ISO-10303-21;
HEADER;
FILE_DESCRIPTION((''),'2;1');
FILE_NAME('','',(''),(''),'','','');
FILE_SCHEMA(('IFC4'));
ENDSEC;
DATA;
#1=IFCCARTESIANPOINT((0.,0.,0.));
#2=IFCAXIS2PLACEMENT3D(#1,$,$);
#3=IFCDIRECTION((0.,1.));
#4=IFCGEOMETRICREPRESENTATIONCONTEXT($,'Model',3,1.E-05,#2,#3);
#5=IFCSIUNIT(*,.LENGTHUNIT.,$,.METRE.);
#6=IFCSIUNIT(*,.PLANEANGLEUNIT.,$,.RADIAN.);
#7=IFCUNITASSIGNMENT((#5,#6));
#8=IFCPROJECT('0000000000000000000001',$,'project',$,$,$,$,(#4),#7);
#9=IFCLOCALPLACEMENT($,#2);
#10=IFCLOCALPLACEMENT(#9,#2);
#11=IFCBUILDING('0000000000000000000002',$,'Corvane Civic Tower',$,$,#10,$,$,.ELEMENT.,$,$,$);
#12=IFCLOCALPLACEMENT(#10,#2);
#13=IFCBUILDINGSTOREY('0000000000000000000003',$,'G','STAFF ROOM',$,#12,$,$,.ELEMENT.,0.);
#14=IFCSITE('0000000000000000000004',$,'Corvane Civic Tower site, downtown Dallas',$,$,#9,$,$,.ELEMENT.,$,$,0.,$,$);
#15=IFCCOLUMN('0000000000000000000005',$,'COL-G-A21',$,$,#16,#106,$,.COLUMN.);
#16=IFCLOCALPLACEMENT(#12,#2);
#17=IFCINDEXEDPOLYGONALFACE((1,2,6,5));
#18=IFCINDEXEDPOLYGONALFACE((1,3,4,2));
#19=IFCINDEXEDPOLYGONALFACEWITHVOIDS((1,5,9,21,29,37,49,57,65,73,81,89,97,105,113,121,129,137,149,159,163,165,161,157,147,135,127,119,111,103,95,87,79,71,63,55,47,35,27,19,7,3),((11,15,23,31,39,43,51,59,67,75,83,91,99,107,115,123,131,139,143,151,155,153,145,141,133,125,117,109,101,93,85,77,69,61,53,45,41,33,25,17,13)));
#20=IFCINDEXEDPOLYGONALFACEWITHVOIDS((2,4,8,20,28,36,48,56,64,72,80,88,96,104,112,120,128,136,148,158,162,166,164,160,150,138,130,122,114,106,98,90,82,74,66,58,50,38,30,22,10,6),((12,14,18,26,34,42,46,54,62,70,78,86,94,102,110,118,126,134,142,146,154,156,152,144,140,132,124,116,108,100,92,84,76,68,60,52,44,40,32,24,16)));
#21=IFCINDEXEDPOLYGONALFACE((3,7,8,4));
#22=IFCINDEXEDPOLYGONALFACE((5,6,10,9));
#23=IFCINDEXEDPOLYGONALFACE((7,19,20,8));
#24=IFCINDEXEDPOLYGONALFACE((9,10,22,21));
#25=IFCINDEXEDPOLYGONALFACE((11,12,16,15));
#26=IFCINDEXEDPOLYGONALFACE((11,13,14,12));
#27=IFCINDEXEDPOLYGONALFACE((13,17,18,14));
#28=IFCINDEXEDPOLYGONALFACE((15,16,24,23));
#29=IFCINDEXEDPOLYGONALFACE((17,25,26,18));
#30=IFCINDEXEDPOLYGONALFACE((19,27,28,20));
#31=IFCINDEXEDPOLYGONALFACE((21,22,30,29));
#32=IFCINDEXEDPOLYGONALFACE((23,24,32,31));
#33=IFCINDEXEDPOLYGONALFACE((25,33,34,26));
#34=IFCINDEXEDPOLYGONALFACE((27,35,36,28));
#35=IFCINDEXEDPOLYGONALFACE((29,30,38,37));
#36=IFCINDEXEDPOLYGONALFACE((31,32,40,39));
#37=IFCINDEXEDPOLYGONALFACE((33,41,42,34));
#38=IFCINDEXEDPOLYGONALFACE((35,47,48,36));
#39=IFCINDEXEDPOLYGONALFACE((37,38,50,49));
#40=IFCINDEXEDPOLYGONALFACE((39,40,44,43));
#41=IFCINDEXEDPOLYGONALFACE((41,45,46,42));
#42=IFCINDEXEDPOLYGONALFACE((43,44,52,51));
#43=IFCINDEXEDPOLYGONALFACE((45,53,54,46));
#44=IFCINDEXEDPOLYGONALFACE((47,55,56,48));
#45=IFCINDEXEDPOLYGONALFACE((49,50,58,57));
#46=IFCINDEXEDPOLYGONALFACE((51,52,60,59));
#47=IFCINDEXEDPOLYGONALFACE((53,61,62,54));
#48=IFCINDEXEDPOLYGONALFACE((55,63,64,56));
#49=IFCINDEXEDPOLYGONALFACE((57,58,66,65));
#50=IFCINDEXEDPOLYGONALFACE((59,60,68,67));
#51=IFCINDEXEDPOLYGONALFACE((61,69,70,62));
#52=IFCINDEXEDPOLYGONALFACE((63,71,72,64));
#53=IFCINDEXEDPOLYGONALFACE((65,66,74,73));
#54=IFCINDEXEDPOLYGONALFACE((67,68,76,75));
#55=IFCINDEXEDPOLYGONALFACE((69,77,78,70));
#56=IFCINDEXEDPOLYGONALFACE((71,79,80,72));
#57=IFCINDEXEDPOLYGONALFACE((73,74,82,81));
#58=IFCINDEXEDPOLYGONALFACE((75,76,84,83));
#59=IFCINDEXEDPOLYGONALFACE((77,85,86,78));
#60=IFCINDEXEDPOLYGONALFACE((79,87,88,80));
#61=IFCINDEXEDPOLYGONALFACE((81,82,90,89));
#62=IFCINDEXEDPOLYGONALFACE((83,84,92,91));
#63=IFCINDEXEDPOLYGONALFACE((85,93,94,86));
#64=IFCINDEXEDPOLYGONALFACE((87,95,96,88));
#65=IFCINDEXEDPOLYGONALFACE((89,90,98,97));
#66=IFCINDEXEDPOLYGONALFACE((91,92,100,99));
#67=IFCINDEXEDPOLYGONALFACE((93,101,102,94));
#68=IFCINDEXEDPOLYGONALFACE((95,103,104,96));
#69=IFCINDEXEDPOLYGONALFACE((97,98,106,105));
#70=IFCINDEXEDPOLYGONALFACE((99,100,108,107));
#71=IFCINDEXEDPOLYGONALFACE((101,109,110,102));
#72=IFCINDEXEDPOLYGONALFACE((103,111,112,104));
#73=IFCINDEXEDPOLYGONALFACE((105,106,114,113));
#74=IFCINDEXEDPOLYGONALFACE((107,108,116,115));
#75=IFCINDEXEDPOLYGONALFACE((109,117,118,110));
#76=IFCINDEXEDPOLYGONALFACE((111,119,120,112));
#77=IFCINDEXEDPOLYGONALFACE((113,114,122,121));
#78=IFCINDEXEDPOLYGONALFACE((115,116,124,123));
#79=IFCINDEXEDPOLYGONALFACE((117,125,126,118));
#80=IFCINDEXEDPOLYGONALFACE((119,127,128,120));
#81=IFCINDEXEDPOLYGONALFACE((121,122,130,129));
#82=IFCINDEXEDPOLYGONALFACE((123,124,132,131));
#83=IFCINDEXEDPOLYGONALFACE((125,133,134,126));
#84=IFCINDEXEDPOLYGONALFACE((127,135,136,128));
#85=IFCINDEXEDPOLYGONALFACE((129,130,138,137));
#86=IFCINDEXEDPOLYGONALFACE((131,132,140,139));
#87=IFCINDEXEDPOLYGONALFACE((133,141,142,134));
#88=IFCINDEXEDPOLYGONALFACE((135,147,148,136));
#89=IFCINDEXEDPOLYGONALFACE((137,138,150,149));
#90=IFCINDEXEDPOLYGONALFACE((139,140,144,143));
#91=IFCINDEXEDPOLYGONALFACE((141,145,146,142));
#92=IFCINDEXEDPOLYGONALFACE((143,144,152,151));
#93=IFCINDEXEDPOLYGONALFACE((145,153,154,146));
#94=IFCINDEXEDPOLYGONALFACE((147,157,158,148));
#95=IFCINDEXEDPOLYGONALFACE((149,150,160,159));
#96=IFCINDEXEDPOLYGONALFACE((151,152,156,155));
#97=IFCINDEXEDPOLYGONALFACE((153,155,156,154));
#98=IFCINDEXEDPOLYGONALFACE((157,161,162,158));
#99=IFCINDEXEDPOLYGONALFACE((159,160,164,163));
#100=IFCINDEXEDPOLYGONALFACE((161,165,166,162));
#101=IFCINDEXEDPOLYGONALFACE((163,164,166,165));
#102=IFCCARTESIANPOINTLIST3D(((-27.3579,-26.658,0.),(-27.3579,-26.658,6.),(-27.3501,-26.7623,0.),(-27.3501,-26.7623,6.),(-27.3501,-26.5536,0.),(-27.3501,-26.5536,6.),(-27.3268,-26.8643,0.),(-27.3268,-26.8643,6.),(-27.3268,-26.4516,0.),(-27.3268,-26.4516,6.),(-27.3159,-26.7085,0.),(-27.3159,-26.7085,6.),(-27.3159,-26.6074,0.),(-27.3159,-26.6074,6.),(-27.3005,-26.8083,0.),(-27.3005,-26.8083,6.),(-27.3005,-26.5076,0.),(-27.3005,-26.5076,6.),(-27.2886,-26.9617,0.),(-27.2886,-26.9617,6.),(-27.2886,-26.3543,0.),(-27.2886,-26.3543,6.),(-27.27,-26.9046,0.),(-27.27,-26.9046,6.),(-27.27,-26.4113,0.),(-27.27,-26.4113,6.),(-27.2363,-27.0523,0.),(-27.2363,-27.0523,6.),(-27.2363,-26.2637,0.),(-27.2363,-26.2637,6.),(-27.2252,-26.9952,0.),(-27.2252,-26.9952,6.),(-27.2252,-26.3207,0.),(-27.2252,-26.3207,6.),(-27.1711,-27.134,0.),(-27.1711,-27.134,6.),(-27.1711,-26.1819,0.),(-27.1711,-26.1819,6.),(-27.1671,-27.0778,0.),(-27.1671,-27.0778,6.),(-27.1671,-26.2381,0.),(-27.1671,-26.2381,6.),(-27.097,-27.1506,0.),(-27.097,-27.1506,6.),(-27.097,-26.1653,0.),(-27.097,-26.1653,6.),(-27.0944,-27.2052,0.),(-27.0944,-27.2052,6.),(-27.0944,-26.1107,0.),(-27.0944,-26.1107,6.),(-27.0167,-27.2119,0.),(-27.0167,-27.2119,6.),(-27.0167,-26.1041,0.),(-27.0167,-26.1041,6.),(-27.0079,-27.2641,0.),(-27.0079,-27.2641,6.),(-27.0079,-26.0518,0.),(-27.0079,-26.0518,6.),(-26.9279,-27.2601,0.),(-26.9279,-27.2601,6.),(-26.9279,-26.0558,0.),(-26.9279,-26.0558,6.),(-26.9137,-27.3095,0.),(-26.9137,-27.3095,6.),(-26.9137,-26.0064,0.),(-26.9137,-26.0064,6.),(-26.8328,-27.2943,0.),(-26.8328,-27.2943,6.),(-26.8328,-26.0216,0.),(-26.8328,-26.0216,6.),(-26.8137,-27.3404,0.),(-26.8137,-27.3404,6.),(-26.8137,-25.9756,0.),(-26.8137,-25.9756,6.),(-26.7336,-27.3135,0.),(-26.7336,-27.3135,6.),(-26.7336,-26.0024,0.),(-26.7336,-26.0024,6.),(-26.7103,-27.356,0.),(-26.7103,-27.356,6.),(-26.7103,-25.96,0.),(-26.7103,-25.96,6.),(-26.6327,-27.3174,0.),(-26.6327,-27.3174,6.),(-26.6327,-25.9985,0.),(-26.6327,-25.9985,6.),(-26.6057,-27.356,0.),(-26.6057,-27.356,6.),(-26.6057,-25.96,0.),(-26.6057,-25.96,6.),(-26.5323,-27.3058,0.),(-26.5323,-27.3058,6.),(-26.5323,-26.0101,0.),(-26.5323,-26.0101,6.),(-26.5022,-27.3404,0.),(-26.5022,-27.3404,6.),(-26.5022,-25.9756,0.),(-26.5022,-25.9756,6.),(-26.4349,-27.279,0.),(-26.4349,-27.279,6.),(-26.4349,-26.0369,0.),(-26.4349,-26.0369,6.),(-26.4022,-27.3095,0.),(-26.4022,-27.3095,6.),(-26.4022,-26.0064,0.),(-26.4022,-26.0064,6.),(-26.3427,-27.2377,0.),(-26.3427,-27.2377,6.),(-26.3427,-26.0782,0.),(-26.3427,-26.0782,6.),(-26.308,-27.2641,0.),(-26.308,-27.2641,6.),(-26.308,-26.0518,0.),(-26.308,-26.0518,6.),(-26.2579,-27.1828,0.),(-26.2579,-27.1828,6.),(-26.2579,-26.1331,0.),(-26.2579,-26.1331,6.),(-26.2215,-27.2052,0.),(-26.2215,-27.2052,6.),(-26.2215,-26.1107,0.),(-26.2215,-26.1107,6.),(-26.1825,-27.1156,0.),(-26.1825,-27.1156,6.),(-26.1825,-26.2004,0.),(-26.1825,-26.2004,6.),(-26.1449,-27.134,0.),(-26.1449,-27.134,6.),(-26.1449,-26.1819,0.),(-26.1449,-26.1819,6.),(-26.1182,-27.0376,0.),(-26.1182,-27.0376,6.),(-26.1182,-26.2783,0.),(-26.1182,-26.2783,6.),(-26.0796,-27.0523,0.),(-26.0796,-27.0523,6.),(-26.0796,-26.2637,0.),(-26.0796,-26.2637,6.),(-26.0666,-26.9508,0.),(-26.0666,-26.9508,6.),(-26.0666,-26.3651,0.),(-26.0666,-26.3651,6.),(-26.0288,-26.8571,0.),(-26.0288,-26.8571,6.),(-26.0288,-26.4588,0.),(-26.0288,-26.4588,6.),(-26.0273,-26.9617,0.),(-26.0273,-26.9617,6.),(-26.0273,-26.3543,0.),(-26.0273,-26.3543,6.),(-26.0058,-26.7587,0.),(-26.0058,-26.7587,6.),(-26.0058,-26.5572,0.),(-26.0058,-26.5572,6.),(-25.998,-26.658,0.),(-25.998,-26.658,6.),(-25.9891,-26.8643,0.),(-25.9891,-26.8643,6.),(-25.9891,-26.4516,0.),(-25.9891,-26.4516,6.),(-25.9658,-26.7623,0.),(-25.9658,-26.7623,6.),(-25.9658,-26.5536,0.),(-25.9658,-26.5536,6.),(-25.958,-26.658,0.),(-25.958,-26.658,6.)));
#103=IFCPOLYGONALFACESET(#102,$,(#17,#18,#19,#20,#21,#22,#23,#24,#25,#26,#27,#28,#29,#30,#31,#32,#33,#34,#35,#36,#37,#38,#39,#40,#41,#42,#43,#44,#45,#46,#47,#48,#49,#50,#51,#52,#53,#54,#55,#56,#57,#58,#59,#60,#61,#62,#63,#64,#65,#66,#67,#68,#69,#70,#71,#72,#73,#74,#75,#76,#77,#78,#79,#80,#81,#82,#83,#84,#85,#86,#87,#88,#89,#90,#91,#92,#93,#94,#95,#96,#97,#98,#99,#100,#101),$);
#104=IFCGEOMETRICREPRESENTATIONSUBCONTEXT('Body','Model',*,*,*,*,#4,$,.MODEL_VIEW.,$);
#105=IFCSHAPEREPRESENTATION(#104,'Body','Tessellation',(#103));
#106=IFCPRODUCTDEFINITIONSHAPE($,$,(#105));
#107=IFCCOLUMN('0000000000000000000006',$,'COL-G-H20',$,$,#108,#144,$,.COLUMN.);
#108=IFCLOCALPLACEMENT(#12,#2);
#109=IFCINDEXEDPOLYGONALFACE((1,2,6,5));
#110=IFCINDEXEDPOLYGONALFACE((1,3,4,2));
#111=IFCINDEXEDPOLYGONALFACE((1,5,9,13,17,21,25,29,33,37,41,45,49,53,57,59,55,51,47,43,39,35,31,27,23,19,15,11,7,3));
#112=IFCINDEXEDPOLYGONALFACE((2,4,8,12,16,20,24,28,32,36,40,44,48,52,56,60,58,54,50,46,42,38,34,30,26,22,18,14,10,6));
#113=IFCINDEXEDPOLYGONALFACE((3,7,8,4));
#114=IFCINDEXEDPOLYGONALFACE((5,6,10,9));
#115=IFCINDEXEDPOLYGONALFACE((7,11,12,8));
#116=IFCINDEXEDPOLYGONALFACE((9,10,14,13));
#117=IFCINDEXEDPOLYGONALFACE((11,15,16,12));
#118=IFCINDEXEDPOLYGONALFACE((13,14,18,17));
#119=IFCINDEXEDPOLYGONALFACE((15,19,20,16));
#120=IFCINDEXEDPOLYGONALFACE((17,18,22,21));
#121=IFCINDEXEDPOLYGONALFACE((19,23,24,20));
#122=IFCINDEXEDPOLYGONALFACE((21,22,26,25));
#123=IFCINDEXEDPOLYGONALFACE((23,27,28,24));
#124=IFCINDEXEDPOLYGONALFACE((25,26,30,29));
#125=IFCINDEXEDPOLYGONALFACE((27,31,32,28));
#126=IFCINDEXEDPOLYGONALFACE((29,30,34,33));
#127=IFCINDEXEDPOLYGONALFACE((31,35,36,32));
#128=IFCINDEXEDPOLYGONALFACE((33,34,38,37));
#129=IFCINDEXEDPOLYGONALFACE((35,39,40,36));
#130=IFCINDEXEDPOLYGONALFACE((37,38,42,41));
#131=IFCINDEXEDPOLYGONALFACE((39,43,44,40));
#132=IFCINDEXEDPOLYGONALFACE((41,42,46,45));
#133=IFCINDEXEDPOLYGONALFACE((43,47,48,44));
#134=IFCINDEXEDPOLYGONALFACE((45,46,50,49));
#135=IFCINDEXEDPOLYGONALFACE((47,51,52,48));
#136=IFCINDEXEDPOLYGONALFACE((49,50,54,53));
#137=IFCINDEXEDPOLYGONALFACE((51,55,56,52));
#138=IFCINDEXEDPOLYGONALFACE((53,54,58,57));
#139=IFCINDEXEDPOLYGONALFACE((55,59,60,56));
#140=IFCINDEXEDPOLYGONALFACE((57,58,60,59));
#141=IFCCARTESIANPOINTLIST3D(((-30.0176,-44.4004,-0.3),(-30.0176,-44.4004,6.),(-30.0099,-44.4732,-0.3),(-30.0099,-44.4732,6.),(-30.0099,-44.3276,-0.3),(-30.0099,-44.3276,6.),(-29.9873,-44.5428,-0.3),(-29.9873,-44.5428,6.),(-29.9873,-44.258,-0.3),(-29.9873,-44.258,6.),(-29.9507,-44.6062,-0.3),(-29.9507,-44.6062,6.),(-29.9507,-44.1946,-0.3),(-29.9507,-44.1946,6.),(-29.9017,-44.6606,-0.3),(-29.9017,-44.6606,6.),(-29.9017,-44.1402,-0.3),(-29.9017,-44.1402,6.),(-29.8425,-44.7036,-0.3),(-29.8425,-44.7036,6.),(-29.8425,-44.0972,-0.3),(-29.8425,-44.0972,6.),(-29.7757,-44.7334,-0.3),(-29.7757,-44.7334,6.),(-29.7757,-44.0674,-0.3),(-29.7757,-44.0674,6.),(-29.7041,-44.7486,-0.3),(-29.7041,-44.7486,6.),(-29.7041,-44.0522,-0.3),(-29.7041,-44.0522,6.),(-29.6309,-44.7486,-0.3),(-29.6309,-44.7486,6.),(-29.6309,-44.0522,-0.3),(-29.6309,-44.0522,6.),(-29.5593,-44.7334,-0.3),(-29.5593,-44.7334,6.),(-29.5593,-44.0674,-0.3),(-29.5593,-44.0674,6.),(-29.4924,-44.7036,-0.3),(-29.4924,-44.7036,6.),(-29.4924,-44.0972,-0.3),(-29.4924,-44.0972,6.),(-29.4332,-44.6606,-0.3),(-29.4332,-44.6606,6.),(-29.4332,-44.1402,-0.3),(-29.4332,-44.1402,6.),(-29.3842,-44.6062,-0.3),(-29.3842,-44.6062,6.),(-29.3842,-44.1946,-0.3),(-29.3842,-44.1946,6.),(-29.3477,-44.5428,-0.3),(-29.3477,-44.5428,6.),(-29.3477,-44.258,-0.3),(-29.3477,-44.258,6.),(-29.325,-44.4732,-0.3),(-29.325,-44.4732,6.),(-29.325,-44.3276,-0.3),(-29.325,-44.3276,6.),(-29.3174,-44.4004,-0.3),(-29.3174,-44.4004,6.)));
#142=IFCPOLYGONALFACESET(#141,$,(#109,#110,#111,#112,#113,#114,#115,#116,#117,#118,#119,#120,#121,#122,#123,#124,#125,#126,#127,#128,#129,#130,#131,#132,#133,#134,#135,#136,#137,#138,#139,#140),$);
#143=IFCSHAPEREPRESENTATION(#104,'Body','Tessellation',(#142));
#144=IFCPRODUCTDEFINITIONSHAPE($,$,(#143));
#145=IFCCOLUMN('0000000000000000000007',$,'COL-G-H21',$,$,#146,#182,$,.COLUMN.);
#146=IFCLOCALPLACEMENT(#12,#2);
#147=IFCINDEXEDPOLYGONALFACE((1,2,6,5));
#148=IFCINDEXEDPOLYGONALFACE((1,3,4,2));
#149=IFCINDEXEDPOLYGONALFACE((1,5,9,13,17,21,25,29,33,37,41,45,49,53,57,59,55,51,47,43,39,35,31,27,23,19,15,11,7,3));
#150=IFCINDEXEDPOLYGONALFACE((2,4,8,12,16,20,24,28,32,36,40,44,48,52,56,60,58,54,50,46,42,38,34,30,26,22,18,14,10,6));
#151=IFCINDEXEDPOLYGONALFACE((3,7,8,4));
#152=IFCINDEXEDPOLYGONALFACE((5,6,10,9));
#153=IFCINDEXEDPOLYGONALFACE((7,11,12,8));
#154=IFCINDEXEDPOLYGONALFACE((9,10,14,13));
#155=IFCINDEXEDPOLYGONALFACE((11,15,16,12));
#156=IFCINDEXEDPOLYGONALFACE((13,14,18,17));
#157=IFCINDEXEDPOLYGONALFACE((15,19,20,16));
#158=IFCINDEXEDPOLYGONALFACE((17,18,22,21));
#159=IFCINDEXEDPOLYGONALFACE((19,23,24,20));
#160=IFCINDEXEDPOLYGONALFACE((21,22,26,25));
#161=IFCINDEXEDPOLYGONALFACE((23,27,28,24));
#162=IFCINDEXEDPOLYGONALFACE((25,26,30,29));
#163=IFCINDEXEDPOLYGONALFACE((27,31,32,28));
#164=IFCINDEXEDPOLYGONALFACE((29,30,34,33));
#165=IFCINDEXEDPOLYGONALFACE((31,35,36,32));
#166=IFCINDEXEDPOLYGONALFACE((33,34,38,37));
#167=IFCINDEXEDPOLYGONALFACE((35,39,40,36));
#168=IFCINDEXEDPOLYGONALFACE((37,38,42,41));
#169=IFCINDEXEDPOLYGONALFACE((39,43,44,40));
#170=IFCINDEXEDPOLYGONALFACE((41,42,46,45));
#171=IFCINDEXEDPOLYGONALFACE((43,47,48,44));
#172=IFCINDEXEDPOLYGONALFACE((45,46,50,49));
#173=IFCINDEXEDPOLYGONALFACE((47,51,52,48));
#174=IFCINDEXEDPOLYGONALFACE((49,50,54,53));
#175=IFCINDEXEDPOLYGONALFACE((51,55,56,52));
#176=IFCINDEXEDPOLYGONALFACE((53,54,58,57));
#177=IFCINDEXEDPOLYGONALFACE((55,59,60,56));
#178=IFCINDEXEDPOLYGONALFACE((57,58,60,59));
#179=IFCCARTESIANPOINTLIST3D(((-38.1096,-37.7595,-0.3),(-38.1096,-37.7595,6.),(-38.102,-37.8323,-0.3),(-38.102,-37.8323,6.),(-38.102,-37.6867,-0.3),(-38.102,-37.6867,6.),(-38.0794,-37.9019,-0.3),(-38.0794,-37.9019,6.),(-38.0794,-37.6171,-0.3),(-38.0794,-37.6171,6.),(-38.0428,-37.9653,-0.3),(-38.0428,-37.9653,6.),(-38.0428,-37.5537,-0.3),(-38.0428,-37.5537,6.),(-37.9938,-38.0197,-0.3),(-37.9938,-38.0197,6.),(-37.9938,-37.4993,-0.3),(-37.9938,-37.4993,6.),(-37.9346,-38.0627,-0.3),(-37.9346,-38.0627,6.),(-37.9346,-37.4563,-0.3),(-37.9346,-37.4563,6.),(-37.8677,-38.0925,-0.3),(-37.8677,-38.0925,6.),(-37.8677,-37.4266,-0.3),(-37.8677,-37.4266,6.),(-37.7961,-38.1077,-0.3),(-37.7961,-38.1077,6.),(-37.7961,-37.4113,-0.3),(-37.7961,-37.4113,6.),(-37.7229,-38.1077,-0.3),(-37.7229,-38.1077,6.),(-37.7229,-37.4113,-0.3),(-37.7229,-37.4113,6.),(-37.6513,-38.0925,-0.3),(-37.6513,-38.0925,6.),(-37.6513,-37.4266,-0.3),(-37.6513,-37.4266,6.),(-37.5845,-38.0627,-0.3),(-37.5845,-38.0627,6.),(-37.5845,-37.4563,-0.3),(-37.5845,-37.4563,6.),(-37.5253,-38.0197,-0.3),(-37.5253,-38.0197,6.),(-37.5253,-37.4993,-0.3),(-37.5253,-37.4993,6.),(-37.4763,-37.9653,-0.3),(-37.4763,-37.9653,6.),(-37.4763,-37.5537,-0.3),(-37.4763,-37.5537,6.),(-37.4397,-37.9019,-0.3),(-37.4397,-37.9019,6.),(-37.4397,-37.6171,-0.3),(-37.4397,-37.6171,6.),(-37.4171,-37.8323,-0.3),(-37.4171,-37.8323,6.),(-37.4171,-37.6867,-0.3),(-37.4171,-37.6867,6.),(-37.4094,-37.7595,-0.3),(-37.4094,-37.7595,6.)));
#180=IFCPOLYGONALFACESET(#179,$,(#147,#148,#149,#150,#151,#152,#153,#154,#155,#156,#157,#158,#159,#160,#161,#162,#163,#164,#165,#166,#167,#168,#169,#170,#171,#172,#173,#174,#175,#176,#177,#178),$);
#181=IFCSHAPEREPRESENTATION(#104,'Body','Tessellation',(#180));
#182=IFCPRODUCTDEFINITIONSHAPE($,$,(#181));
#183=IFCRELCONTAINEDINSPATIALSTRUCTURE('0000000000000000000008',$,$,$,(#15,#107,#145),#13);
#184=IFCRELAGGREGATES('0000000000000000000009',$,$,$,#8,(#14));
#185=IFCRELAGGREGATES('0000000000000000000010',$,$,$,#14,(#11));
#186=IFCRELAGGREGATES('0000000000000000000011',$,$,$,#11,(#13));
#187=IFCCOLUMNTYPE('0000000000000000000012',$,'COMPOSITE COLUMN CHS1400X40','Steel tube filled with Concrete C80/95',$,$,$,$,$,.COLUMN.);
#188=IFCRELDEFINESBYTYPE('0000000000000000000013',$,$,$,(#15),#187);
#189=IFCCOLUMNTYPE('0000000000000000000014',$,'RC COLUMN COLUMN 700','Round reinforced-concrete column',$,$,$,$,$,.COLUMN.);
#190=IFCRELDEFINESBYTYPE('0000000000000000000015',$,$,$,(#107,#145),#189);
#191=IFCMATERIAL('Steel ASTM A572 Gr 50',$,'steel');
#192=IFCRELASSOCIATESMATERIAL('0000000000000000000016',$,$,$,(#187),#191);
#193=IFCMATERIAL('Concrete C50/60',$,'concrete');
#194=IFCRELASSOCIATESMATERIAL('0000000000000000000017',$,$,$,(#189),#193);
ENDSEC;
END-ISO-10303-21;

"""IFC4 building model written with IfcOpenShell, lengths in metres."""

from ifc_helpers import new_model, si_unit, direction, frame, origin, origin_2d, place, context, subcontext, project, spatial, circle, hollow_circle, extrude, material, material_profile, profile_set, type_object, element, save


model = new_model("IFC4")

# Units and contexts
model_context = context("Model", 3, precision=1e-05, world=origin(), true_north=direction((0.0, 1.0)))
body_context = subcontext(model_context, "Body", "Model", "MODEL_VIEW")
ifc_project = project(units=[si_unit("LENGTHUNIT", "METRE"), si_unit("PLANEANGLEUNIT", "RADIAN")], contexts=[model_context])

# Site, building, storey
site_placement = place(None, origin())
site = spatial("IfcSite", under=ifc_project, at=site_placement, Name="Corvane Civic Tower site, downtown Dallas", CompositionType="ELEMENT", RefElevation=0.0)
building_placement = place(site_placement, origin())
building = spatial("IfcBuilding", under=site, at=building_placement, Name="Corvane Civic Tower", CompositionType="ELEMENT")
storey_placement = place(building_placement, origin())
storey = spatial("IfcBuildingStorey", under=building, at=storey_placement, Name="G", Description="STAFF ROOM", CompositionType="ELEMENT", Elevation=0.0)

# Columns
ifc_material_1 = material(Name="Steel ASTM A572 Gr 50", Category="steel")
ifc_material_profile_1 = material_profile(ifc_material_1, hollow_circle(Radius=0.7, WallThickness=0.04, at=origin_2d()), Name="CHS1400X40")
ifc_profile_set_1 = profile_set([ifc_material_profile_1], Name="Steel ASTM A572 Gr 50")
column_type_1 = type_object("IfcColumnType", Name="COMPOSITE COLUMN CHS1400X40", Description="Steel tube filled with Concrete C80/95", PredefinedType="COLUMN", material=ifc_profile_set_1)
column_placement = place(storey_placement, frame((-26.658, -26.658, 0.0), z_axis=(0.0, 0.0, 1.0), x_axis=(1.0, 0.0, 0.0)))
element("IfcColumn", 1, at=column_placement, inside=storey, type_object=column_type_1, Name="COL-G-A21", PredefinedType="COLUMN", context=body_context, shape_type="SweptSolid", body=[
    extrude(hollow_circle(Radius=0.7, WallThickness=0.04, at=origin_2d()), origin(), (0.0, 0.0, 1.0), 6.0),
])
ifc_material_2 = material(Name="Concrete C50/60", Category="concrete")
ifc_material_profile_2 = material_profile(ifc_material_2, circle(Radius=0.3501, at=origin_2d()), Name="COLUMN 700")
ifc_profile_set_2 = profile_set([ifc_material_profile_2], Name="Concrete C50/60")
column_type_2 = type_object("IfcColumnType", Name="RC COLUMN COLUMN 700", Description="Round reinforced-concrete column", PredefinedType="COLUMN", material=ifc_profile_set_2)
for number, where, z_axis, x_axis, name in (
    (2, (-29.6675, -44.4004, -0.3), (0.0, 0.0, 1.0), (1.0, 0.0, 0.0), "COL-G-H20"),
    (3, (-37.7595, -37.7595, -0.3), (0.0, 0.0, 1.0), (1.0, 0.0, 0.0), "COL-G-H21"),
):
    element("IfcColumn", number, at=place(storey_placement, frame(where, z_axis=z_axis, x_axis=x_axis)), inside=storey, type_object=column_type_2, Name=name, PredefinedType="COLUMN", context=body_context, shape_type="SweptSolid", body=[
        extrude(circle(Radius=0.3501, at=origin_2d()), origin(), (0.0, 0.0, 1.0), 6.3),
    ])

save(model, "model.ifc")
